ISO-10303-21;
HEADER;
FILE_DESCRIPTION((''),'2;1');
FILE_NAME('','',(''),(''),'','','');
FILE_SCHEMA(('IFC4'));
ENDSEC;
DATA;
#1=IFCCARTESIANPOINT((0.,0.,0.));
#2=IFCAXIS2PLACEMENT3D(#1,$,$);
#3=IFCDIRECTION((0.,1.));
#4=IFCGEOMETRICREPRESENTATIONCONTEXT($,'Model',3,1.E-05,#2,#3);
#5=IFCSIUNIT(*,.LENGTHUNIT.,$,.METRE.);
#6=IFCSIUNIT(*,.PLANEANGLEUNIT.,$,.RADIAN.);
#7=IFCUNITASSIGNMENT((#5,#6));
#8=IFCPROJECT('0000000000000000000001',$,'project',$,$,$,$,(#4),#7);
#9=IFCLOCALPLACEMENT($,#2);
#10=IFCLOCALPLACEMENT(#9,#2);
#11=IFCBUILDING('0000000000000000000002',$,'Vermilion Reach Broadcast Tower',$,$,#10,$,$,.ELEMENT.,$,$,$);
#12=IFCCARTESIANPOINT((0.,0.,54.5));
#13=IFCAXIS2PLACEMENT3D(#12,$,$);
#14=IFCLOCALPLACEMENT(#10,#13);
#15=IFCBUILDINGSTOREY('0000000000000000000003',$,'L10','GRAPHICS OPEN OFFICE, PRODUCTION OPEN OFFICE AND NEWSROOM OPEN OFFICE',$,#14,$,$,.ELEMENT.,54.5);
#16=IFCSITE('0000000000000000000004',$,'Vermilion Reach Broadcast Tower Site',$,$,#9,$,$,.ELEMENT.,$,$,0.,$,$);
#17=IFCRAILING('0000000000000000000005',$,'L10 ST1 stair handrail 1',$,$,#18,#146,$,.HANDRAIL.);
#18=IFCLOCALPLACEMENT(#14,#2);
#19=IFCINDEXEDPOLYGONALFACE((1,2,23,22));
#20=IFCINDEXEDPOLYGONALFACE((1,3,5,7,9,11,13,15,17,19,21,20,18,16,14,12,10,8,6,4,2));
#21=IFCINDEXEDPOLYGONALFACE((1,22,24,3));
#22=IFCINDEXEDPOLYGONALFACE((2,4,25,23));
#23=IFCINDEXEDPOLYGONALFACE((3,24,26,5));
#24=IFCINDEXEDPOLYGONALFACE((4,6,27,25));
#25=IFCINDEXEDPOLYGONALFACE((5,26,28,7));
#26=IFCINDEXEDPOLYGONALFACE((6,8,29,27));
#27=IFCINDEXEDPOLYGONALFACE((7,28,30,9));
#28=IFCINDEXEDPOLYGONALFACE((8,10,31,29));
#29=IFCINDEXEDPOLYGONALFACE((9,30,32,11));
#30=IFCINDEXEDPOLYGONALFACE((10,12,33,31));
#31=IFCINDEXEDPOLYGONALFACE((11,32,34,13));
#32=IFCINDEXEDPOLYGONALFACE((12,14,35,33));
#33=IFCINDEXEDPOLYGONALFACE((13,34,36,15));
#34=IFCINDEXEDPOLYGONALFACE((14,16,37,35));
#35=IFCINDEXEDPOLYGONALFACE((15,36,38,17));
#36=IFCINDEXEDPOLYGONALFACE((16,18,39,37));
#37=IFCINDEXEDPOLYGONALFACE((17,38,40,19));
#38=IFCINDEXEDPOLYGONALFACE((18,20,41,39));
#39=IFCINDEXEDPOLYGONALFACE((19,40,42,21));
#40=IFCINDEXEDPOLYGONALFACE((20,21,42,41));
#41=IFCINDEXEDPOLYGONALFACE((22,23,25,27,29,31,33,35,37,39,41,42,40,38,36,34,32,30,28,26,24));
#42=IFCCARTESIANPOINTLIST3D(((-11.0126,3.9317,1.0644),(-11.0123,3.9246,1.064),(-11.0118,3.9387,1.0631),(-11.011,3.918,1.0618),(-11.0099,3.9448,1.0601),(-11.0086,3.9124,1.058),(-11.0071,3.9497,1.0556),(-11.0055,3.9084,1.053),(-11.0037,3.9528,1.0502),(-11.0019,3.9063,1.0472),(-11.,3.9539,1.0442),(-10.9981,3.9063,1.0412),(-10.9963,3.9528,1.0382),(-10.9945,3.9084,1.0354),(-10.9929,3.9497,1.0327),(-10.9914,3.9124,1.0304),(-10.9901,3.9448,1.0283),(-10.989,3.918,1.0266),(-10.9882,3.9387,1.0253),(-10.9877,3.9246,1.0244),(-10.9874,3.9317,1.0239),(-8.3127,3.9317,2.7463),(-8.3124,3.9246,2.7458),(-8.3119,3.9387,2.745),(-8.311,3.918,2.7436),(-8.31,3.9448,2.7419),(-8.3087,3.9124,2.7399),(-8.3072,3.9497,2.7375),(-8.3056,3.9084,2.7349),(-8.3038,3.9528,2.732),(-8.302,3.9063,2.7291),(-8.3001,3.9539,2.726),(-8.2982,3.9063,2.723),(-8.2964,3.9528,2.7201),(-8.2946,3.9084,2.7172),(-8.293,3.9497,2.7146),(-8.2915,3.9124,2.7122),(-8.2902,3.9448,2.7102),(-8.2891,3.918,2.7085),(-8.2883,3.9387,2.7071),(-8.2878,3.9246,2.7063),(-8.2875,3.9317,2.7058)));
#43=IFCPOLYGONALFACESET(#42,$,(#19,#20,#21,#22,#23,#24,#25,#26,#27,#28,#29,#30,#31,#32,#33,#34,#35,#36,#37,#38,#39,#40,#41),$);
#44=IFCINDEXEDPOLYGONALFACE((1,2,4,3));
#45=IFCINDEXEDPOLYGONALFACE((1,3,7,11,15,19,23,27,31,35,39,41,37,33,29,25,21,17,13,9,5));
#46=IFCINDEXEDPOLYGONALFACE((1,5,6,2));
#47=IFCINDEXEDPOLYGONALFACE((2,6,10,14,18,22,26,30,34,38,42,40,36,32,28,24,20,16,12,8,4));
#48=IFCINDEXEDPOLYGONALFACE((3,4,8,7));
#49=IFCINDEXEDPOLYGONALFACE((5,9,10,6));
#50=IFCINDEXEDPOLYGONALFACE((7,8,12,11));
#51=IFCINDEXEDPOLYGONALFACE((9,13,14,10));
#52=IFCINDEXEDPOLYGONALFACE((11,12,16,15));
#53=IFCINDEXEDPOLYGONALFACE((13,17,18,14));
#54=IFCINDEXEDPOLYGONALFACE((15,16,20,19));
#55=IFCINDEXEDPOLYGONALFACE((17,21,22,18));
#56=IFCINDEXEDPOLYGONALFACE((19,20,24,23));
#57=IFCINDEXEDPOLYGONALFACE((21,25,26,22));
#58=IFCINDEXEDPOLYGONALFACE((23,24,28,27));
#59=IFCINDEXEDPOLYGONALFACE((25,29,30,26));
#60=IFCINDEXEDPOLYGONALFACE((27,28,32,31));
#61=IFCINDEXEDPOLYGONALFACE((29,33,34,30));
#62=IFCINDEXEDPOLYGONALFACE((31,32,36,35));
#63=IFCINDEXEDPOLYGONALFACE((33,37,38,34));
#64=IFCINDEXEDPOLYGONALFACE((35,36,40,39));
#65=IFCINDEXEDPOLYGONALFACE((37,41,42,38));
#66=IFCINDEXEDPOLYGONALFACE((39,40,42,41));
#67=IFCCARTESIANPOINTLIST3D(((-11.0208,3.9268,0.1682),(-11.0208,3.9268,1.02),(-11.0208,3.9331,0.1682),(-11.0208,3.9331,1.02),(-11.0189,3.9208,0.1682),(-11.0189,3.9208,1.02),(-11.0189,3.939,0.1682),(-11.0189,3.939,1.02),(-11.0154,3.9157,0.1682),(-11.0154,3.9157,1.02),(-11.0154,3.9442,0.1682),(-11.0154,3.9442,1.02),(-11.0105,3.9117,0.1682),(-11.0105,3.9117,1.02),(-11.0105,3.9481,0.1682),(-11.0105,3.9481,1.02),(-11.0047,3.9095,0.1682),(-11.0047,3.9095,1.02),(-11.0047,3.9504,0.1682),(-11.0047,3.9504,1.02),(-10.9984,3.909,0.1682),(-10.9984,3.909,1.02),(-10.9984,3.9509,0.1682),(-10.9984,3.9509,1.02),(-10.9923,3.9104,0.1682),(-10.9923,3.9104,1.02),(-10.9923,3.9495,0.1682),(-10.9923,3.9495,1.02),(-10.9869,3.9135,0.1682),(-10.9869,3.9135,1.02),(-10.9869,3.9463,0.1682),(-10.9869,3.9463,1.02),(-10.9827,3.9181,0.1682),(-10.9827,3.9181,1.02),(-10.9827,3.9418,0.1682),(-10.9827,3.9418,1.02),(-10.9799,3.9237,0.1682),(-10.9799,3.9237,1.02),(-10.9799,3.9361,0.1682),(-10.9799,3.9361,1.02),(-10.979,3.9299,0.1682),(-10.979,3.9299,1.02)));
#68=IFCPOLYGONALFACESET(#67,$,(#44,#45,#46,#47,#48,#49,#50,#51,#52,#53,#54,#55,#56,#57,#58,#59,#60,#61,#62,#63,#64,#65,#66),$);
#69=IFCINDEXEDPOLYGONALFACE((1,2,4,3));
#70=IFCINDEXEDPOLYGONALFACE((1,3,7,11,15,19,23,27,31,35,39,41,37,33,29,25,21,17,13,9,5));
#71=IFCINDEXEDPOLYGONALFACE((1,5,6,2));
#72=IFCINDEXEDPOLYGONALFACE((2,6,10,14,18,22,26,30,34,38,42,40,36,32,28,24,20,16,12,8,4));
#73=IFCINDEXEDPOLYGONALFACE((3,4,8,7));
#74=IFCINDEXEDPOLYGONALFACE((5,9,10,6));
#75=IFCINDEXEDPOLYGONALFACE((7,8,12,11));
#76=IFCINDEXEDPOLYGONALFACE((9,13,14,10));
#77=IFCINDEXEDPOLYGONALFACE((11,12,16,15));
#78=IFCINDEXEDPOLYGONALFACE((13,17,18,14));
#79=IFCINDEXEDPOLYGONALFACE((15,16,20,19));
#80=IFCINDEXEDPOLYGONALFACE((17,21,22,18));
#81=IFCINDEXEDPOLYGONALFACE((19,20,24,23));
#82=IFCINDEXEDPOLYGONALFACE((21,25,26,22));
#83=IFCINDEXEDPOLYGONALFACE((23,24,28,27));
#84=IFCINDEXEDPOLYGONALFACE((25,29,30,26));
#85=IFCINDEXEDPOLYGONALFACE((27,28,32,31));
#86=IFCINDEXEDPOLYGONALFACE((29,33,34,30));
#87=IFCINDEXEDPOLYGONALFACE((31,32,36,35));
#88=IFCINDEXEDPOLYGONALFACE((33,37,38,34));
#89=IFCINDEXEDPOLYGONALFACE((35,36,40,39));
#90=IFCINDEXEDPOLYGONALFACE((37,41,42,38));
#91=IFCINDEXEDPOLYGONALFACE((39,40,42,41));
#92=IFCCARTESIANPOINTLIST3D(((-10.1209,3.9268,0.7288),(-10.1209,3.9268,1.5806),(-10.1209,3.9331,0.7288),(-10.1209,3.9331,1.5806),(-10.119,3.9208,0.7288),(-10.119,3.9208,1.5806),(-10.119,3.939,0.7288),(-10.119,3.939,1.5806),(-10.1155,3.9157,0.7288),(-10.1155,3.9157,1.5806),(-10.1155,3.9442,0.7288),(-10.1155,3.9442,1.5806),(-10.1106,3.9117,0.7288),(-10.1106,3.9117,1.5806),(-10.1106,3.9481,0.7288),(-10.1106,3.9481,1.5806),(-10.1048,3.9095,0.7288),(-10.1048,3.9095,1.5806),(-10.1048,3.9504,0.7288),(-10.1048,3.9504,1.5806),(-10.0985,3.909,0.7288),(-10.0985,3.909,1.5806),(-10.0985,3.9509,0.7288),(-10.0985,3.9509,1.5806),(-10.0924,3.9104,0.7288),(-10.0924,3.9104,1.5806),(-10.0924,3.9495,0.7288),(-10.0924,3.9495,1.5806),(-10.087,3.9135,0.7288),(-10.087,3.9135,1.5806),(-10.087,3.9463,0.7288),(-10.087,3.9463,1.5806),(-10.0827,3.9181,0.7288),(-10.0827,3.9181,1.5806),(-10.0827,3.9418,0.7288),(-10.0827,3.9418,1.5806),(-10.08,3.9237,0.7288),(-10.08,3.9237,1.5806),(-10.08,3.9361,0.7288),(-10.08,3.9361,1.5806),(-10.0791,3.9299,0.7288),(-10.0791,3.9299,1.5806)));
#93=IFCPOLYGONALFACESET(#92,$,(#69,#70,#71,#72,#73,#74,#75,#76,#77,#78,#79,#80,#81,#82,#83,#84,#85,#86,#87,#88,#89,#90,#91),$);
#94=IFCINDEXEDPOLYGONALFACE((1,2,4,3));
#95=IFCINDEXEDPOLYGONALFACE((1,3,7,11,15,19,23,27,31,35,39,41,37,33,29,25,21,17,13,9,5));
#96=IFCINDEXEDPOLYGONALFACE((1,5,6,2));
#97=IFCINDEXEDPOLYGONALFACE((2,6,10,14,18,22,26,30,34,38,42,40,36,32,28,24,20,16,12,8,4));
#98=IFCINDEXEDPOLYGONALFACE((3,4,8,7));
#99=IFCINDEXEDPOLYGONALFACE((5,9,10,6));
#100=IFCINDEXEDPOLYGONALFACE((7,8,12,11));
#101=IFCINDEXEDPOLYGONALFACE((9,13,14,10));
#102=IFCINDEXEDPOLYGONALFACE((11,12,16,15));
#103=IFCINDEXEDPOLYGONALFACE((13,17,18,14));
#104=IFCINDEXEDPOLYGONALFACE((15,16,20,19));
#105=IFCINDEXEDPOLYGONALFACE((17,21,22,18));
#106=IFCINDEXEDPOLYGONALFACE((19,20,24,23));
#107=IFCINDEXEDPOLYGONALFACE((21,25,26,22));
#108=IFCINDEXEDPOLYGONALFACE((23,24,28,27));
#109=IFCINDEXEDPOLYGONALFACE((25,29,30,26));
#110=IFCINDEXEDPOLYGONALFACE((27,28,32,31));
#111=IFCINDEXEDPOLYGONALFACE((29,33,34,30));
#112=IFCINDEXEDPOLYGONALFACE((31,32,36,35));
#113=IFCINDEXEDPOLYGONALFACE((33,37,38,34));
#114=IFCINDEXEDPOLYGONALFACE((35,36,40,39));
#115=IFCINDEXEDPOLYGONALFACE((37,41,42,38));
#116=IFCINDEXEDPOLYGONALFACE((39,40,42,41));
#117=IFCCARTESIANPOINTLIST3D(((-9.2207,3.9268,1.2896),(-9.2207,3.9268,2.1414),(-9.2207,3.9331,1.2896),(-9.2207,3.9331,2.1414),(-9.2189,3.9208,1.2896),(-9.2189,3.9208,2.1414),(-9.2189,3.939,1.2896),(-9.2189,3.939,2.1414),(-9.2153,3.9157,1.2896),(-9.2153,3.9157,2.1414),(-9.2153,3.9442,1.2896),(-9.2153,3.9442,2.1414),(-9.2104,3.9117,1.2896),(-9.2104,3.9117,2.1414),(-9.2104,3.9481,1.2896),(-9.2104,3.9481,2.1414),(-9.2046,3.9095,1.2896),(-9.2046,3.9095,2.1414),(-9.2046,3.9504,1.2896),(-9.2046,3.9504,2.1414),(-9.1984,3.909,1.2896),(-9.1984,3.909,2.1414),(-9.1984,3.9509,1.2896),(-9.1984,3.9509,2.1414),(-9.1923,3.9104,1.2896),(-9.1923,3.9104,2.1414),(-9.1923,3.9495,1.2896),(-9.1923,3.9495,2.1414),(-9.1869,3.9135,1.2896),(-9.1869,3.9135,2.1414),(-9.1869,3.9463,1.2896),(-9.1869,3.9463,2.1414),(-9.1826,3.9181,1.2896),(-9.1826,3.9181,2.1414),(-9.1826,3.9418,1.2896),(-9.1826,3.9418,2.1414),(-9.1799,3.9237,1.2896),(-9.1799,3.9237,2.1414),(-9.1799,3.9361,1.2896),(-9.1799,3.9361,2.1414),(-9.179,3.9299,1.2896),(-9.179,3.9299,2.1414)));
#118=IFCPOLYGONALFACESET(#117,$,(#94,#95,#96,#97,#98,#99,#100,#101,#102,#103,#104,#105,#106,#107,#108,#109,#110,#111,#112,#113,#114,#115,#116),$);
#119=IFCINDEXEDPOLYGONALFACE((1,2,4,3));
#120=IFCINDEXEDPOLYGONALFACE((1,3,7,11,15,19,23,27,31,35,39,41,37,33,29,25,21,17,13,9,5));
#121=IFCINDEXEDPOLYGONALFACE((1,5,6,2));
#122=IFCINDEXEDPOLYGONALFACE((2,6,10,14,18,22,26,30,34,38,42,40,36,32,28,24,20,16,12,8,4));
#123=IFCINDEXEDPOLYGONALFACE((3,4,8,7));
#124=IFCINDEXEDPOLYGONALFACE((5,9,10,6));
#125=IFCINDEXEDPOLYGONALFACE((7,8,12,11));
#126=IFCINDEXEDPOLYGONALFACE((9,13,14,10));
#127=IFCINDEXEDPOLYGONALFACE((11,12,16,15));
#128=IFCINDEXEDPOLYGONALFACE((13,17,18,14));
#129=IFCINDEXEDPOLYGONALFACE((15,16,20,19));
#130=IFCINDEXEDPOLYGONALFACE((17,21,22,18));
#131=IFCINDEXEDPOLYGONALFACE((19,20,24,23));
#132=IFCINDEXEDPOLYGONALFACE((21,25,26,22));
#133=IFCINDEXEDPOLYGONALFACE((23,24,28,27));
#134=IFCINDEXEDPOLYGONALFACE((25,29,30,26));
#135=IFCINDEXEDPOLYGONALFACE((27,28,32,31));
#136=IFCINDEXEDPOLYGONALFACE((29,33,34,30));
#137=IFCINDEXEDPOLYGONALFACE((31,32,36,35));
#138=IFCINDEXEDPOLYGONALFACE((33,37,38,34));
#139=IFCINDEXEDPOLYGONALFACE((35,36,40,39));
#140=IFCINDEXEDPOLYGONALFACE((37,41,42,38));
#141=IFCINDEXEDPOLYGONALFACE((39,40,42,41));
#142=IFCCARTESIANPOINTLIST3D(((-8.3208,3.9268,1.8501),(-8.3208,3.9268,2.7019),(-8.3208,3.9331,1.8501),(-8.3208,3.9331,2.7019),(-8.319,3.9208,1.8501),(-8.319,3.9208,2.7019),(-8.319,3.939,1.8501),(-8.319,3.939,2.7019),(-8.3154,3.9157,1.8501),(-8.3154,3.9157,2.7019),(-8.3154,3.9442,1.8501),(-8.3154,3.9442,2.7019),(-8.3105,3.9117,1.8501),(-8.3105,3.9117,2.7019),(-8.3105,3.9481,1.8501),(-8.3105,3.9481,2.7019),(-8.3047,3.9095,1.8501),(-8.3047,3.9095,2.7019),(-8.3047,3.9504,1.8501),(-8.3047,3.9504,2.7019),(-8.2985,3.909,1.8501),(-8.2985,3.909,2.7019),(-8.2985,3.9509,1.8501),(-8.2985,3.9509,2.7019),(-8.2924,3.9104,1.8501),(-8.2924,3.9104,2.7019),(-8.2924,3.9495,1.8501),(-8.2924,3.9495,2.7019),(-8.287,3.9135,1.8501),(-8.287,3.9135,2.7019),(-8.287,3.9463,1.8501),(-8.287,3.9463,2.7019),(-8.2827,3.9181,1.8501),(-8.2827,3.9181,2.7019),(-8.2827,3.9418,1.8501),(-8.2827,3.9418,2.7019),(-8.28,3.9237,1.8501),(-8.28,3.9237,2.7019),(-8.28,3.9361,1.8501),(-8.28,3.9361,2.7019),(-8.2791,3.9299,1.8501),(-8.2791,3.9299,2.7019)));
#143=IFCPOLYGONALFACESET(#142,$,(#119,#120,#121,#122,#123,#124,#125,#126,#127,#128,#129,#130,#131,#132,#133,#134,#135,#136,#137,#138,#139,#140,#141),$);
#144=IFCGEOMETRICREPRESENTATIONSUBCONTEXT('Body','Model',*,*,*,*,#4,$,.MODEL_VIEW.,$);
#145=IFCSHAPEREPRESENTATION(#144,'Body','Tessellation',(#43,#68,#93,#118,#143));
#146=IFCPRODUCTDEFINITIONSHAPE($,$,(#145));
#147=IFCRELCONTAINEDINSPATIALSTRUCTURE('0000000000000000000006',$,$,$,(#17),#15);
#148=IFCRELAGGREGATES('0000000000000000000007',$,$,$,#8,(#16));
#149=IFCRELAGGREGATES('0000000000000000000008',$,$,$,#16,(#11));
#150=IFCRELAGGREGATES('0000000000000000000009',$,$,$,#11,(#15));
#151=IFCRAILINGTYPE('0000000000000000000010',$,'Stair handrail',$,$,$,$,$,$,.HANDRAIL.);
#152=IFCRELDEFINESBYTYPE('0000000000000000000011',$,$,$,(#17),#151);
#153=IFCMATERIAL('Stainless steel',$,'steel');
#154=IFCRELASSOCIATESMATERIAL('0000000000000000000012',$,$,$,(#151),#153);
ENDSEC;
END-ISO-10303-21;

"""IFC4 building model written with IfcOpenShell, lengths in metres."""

from ifc_helpers import new_model, si_unit, direction, frame, origin, origin_2d, place, context, subcontext, project, spatial, circle, extrude, material, type_object, element, save


model = new_model("IFC4")

# Units and contexts
model_context = context("Model", 3, precision=1e-05, world=origin(), true_north=direction((0.0, 1.0)))
body_context = subcontext(model_context, "Body", "Model", "MODEL_VIEW")
ifc_project = project(units=[si_unit("LENGTHUNIT", "METRE"), si_unit("PLANEANGLEUNIT", "RADIAN")], contexts=[model_context])

# Site, building, storey
site_placement = place(None, origin())
site = spatial("IfcSite", under=ifc_project, at=site_placement, Name="Vermilion Reach Broadcast Tower Site", CompositionType="ELEMENT", RefElevation=0.0)
building_placement = place(site_placement, origin())
building = spatial("IfcBuilding", under=site, at=building_placement, Name="Vermilion Reach Broadcast Tower", CompositionType="ELEMENT")
storey_placement = place(building_placement, frame((0.0, 0.0, 54.5)))
storey = spatial("IfcBuildingStorey", under=building, at=storey_placement, Name="L10", Description="GRAPHICS OPEN OFFICE, PRODUCTION OPEN OFFICE AND NEWSROOM OPEN OFFICE", CompositionType="ELEMENT", Elevation=54.5)

# Railing
ifc_material_1 = material(Name="Stainless steel", Category="steel")
railing_type_1 = type_object("IfcRailingType", Name="Stair handrail", PredefinedType="HANDRAIL", material=ifc_material_1)
railing_1_placement = place(storey_placement, frame((-11.0, 3.9299, 0.1682)))
element("IfcRailing", 1, at=railing_1_placement, inside=storey, type_object=railing_type_1, Name="L10 ST1 stair handrail 1", PredefinedType="HANDRAIL", context=body_context, shape_type="SweptSolid", body=[
    extrude(circle(Radius=0.0239, at=origin_2d()), frame((0.0, 0.0, 0.876), z_axis=(0.848786, 0.0, 0.528736), x_axis=(0.0, 1.0, 0.0)), (0.0, 0.0, 1.0), 3.1809),
    extrude(circle(Radius=0.021, at=origin_2d()), origin(), (0.0, 0.0, 1.0), 0.8518),
    extrude(circle(Radius=0.021, at=origin_2d()), frame((0.8999, 0.0, 0.5605)), (0.0, 0.0, 1.0), 0.8518),
    extrude(circle(Radius=0.021, at=origin_2d()), frame((1.8, 0.0, 1.1213)), (0.0, 0.0, 1.0), 0.8518),
    extrude(circle(Radius=0.021, at=origin_2d()), frame((2.7, 0.0, 1.6819)), (0.0, 0.0, 1.0), 0.8518),
])

save(model, "model.ifc")
